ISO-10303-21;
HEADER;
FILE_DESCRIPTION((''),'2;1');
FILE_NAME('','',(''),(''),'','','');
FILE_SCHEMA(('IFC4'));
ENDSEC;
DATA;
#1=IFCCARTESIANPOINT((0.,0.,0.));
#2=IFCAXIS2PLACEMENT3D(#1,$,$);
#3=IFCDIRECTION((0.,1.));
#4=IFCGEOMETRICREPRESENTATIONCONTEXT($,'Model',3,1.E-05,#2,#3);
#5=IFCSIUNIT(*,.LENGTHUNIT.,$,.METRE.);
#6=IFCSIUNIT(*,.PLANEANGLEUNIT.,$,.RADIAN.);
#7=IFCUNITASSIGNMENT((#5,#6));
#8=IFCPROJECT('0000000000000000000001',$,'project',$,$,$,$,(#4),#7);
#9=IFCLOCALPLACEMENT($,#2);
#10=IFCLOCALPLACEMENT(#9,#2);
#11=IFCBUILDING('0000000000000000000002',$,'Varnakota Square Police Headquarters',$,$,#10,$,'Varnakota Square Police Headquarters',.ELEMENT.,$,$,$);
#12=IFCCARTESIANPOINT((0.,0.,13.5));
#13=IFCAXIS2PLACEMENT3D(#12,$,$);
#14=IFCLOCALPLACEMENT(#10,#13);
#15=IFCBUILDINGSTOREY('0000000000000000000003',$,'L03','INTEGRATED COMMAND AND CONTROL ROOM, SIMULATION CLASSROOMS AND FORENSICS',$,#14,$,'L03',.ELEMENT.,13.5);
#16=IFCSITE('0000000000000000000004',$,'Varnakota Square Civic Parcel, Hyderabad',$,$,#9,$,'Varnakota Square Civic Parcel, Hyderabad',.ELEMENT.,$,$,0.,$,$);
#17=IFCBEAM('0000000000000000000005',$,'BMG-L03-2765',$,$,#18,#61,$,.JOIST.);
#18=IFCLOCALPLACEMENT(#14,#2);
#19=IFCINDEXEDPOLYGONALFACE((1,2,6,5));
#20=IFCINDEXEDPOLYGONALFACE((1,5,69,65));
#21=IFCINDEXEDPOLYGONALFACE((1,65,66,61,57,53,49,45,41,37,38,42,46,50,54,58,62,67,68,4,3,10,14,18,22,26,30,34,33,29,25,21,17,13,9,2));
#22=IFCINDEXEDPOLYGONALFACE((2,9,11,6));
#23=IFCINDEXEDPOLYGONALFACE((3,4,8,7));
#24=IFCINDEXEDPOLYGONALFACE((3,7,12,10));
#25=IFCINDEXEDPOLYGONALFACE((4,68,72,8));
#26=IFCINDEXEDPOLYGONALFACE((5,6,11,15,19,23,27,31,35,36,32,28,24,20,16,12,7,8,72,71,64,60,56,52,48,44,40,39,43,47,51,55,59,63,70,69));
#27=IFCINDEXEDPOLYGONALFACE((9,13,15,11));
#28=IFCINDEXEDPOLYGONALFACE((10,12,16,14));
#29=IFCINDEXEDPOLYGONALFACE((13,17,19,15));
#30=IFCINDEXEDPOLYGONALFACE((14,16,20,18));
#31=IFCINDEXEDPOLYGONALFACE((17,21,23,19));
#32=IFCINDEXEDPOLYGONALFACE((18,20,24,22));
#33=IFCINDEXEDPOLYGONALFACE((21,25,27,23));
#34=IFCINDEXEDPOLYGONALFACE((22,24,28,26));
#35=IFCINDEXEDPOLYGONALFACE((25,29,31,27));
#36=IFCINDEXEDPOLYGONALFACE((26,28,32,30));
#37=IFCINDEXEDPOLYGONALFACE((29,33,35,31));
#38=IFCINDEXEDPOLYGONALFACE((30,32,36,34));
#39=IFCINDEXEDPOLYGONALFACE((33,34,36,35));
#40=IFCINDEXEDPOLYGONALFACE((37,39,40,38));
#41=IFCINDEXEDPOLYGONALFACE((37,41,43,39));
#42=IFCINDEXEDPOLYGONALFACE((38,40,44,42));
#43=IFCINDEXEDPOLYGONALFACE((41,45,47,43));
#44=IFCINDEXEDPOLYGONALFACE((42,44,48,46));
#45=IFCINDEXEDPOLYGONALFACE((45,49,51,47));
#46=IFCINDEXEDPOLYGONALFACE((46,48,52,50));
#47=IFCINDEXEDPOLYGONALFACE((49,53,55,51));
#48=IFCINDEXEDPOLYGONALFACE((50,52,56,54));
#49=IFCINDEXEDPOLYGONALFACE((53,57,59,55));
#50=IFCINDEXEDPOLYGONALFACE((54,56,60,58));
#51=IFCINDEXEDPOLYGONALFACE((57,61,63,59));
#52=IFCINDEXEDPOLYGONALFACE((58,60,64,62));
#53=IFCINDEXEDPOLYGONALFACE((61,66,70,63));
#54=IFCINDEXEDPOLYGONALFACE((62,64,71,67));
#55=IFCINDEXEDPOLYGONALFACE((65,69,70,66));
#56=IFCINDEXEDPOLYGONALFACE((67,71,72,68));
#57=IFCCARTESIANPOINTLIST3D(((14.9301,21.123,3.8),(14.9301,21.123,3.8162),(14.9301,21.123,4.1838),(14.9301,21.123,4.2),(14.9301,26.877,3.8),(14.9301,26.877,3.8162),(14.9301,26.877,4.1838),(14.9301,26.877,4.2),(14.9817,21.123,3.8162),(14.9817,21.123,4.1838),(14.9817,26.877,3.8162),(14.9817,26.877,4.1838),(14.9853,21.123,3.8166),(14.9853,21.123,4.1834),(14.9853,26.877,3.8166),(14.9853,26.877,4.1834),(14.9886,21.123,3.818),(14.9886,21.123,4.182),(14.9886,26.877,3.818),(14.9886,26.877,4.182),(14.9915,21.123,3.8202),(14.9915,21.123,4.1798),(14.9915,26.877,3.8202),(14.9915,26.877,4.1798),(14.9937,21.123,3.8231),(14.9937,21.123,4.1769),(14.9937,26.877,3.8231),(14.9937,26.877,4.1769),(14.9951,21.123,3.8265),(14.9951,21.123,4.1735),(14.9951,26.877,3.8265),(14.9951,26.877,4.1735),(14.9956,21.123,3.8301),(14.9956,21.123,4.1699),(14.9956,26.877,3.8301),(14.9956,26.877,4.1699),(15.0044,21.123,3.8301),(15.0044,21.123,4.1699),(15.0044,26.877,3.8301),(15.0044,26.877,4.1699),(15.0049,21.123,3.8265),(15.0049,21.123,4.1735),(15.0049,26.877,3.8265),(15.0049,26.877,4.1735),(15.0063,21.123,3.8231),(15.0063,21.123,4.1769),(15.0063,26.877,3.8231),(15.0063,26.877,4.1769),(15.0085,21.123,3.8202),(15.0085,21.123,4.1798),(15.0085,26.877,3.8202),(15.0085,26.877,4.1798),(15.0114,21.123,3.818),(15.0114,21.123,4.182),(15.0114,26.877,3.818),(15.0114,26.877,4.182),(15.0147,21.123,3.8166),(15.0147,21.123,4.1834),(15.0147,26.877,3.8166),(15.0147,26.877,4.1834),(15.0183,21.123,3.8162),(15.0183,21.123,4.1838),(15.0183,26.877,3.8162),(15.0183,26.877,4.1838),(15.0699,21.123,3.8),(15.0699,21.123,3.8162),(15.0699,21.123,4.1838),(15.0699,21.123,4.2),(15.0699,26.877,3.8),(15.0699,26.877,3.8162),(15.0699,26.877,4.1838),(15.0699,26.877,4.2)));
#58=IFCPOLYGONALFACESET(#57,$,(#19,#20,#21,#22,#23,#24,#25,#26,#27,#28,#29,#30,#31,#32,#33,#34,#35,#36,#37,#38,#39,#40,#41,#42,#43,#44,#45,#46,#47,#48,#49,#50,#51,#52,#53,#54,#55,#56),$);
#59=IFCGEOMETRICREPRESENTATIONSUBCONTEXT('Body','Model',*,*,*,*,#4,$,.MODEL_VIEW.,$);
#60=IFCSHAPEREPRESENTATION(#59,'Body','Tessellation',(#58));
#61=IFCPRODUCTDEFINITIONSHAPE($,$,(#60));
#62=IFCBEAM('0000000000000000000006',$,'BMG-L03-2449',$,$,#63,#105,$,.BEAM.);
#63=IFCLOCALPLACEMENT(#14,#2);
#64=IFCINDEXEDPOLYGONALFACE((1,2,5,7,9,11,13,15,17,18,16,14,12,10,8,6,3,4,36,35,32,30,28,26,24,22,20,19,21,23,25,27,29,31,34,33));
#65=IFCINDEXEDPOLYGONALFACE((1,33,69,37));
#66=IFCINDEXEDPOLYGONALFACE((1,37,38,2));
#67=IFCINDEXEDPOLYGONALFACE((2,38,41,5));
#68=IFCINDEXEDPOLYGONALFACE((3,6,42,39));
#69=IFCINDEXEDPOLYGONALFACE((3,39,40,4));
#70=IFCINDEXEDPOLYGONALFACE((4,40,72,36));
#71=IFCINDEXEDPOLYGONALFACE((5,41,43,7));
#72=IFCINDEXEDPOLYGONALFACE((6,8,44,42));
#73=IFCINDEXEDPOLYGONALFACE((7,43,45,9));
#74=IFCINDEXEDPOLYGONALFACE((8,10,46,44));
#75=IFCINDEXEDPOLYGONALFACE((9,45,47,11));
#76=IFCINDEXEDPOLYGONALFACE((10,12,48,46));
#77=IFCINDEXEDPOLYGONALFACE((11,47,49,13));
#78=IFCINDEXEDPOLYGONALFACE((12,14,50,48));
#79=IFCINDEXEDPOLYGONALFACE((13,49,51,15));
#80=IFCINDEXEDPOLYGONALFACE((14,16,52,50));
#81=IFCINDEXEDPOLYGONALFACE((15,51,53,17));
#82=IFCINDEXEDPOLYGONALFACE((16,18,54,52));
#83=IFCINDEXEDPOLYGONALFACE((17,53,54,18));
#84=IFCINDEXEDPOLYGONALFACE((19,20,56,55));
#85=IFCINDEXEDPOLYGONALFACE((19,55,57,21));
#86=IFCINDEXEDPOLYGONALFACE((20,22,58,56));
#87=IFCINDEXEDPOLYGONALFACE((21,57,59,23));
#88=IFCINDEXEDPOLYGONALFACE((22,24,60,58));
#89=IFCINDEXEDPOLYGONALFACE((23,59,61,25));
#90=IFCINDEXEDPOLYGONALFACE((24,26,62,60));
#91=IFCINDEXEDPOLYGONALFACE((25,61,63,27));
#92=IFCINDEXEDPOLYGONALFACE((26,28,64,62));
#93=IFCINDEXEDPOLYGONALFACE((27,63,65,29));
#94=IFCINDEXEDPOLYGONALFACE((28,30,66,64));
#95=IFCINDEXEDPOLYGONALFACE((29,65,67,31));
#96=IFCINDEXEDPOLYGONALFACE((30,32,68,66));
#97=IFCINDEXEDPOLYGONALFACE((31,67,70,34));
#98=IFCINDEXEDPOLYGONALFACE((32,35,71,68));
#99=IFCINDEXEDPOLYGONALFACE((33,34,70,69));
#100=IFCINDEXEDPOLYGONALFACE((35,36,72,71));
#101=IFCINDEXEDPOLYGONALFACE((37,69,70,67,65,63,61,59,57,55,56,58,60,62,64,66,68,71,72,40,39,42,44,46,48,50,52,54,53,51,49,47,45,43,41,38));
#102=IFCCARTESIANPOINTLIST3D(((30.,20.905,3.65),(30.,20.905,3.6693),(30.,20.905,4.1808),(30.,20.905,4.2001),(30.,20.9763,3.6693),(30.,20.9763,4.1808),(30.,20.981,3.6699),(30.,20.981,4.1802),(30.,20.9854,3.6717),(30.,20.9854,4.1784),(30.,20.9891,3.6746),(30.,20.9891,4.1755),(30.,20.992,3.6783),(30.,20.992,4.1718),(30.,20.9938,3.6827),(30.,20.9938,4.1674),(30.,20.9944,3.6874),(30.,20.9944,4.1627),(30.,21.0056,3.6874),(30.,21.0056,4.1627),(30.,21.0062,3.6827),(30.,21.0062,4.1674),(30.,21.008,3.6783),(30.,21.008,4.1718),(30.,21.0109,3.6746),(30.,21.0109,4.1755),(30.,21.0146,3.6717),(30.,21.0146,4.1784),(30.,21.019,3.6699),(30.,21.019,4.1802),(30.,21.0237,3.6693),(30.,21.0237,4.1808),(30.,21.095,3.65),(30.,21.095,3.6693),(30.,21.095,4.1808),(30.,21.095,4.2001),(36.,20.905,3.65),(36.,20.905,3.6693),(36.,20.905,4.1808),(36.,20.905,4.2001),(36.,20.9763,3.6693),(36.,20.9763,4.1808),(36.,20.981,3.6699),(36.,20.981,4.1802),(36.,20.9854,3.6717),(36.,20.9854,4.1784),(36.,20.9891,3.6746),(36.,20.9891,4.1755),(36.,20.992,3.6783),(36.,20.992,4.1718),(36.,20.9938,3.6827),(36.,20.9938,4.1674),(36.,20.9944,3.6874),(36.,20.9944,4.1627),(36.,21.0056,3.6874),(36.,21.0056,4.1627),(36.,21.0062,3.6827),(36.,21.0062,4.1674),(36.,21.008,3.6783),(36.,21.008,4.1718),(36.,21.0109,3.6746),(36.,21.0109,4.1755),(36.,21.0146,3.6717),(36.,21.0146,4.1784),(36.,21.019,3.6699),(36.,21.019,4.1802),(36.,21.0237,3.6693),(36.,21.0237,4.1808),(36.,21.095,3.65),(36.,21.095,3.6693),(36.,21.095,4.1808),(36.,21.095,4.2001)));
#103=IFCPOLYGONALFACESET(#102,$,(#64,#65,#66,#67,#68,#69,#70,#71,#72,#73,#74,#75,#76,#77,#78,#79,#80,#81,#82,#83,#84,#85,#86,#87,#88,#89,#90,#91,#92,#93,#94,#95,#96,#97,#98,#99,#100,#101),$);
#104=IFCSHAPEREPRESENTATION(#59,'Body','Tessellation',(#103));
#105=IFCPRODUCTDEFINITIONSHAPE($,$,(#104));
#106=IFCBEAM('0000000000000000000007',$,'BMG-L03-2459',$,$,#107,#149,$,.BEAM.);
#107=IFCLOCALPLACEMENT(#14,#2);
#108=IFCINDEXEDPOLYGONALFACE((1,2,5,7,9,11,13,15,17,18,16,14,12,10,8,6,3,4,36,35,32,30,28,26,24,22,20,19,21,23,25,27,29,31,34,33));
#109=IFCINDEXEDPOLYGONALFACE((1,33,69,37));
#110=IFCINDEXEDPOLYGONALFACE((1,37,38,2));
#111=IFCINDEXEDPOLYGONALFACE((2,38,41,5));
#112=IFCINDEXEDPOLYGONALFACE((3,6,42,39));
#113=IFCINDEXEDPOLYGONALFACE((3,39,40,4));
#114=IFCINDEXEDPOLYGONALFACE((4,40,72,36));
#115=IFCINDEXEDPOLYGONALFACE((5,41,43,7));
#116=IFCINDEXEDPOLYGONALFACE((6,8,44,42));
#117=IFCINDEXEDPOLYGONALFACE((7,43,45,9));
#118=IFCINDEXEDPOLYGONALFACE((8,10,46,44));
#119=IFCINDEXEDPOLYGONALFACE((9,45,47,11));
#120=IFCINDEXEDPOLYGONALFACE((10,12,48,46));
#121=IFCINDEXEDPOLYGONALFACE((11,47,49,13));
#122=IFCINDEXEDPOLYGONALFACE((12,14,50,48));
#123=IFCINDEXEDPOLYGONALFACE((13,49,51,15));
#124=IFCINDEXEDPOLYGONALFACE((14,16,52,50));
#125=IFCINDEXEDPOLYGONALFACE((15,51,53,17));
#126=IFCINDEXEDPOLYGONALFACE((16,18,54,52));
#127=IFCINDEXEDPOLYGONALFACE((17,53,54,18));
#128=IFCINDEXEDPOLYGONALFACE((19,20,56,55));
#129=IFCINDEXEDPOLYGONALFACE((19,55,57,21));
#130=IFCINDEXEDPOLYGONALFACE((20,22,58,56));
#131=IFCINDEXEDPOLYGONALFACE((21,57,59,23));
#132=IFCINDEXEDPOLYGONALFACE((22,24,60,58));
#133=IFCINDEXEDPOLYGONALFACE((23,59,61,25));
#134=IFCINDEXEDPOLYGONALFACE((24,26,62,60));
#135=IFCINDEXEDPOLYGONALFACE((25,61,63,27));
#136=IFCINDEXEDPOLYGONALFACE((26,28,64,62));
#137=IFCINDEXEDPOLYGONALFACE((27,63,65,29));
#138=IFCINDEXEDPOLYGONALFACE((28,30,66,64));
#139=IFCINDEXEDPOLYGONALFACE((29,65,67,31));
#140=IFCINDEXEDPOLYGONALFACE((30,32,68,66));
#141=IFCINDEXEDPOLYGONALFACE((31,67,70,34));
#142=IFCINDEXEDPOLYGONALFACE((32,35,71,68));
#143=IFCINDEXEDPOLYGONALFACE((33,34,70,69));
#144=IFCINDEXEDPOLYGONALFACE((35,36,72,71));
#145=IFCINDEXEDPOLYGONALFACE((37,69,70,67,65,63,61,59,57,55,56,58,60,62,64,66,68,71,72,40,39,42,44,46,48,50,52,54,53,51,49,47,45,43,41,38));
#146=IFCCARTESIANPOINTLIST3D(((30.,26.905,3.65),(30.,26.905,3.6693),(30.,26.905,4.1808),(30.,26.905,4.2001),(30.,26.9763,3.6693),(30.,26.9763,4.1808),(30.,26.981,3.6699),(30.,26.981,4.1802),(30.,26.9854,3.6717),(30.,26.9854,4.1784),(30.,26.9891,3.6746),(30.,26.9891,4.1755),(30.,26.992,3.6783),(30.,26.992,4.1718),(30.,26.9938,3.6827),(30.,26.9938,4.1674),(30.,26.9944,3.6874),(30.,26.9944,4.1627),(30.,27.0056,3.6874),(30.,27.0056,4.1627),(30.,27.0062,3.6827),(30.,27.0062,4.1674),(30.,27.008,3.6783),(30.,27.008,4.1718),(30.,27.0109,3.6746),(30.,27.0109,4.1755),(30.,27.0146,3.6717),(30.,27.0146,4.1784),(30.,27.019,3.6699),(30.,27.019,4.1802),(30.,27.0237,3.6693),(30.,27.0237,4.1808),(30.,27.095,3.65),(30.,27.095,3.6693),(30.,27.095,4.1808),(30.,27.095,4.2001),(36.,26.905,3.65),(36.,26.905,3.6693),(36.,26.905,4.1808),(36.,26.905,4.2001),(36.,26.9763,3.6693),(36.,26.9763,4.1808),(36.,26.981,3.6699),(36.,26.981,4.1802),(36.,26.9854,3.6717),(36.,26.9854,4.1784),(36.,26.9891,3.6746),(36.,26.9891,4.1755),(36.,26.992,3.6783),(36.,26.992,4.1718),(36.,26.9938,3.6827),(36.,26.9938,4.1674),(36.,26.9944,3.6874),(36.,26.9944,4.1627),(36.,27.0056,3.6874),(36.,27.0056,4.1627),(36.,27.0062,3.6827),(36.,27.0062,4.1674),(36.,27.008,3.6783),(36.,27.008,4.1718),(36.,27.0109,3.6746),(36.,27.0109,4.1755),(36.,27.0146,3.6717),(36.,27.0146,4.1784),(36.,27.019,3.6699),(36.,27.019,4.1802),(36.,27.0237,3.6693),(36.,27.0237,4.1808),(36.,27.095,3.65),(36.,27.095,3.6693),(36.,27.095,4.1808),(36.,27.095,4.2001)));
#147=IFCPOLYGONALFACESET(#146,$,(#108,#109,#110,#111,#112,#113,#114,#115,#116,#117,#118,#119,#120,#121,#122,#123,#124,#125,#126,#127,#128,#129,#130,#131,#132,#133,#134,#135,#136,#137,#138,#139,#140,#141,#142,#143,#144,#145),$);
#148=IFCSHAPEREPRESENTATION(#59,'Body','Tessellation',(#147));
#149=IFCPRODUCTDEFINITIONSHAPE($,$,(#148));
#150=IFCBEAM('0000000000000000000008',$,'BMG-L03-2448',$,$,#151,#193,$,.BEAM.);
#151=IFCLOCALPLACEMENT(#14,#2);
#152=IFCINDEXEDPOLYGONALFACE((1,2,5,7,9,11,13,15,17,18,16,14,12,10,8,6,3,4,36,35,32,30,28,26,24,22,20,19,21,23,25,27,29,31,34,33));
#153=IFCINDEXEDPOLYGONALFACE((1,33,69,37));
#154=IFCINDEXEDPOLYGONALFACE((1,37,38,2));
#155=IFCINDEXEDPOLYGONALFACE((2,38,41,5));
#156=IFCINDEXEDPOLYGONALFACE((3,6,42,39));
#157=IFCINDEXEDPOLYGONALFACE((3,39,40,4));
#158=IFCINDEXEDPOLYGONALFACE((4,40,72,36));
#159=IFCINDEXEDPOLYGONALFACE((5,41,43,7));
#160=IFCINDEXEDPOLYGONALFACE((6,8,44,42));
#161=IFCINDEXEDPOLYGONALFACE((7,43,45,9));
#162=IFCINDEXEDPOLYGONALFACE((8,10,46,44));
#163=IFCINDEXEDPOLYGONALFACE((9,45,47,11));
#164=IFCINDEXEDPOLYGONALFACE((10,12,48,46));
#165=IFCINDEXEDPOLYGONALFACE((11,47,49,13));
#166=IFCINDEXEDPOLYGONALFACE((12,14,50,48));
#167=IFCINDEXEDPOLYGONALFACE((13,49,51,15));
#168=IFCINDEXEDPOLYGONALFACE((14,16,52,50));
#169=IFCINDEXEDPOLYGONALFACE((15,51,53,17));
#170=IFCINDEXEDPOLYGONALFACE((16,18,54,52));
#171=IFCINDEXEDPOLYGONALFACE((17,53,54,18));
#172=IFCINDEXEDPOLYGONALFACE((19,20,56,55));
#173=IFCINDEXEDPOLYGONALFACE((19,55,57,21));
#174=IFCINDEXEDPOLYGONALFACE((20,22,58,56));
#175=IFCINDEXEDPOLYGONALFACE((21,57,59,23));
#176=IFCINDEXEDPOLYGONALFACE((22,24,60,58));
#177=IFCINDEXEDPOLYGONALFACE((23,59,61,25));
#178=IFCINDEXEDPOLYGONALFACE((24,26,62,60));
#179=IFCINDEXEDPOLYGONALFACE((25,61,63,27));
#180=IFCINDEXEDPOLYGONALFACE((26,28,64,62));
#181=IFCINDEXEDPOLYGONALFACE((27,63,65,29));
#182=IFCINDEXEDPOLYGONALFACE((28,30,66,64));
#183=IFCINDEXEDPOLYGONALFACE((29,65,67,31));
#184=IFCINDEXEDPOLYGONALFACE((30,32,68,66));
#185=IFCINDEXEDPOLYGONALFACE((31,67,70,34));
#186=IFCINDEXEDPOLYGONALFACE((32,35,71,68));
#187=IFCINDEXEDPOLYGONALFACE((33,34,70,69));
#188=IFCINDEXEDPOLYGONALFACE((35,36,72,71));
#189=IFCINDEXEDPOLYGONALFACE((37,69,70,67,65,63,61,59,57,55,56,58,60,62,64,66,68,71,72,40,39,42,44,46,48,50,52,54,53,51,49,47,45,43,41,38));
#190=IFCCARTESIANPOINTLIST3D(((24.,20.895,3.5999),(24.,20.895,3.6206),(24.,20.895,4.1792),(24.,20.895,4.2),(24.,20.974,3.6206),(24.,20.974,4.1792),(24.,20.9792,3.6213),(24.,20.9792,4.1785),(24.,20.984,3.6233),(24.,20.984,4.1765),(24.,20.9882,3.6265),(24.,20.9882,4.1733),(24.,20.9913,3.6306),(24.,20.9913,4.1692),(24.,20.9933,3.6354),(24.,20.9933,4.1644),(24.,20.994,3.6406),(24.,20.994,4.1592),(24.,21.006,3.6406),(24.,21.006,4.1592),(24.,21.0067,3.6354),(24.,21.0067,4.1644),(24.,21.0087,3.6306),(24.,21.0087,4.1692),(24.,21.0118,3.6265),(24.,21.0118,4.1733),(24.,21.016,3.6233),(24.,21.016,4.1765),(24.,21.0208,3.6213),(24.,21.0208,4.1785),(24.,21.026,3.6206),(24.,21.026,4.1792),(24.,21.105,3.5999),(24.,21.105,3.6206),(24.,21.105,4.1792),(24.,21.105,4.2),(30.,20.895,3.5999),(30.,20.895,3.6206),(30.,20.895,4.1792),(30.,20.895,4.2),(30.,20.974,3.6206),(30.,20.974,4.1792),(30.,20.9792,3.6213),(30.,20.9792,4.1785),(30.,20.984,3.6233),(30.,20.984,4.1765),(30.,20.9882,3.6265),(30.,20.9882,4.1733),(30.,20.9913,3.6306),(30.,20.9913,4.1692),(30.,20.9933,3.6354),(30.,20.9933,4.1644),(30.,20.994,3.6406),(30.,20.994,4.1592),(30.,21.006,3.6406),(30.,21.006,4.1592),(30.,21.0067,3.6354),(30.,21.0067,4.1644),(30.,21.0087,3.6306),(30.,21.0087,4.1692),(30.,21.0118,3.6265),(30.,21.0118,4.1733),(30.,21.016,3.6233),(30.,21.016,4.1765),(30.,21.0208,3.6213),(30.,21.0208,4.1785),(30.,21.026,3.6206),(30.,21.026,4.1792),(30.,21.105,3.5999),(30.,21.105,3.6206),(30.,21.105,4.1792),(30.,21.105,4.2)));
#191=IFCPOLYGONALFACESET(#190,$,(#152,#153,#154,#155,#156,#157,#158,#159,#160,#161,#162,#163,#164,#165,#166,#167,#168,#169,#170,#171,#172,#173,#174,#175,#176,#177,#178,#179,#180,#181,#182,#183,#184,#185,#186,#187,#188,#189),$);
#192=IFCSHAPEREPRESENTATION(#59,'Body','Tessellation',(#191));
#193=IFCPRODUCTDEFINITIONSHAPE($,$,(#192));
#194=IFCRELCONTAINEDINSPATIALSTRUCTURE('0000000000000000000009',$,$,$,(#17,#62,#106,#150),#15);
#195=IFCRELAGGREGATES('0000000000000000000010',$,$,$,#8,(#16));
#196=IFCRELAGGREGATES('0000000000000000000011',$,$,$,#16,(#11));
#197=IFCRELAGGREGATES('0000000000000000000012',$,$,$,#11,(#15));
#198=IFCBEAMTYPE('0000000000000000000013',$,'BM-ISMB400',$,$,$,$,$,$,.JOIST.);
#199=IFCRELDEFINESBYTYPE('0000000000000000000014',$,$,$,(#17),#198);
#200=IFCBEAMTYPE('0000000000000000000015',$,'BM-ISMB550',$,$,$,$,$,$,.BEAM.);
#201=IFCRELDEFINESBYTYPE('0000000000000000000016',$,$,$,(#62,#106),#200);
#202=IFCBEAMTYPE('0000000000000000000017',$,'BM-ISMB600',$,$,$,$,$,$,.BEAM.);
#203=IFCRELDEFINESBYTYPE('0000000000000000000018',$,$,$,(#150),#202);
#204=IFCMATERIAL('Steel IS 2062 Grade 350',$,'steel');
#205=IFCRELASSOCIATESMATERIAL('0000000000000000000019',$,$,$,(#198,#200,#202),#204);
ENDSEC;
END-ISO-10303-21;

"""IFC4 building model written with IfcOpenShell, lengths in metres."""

from ifc_helpers import new_model, si_unit, direction, frame, origin, origin_2d, place, context, subcontext, project, spatial, i_section, extrude, material, material_profile, profile_set, type_object, element, save


model = new_model("IFC4")

# Units and contexts
model_context = context("Model", 3, precision=1e-05, world=origin(), true_north=direction((0.0, 1.0)))
body_context = subcontext(model_context, "Body", "Model", "MODEL_VIEW")
ifc_project = project(units=[si_unit("LENGTHUNIT", "METRE"), si_unit("PLANEANGLEUNIT", "RADIAN")], contexts=[model_context])

# Site, building, storey
site_placement = place(None, origin())
site = spatial("IfcSite", under=ifc_project, at=site_placement, Name="Varnakota Square Civic Parcel, Hyderabad", LongName="Varnakota Square Civic Parcel, Hyderabad", CompositionType="ELEMENT", RefElevation=0.0)
building_placement = place(site_placement, origin())
building = spatial("IfcBuilding", under=site, at=building_placement, Name="Varnakota Square Police Headquarters", LongName="Varnakota Square Police Headquarters", CompositionType="ELEMENT")
storey_placement = place(building_placement, frame((0.0, 0.0, 13.5)))
storey = spatial("IfcBuildingStorey", under=building, at=storey_placement, Name="L03", Description="INTEGRATED COMMAND AND CONTROL ROOM, SIMULATION CLASSROOMS AND FORENSICS", LongName="L03", CompositionType="ELEMENT", Elevation=13.5)

# Shared definitions
ifc_material_1 = material(Name="Steel IS 2062 Grade 350", Category="steel")

# Beams
ifc_material_profile_1 = material_profile(ifc_material_1, i_section(OverallWidth=0.1399, OverallDepth=0.3999, WebThickness=0.0088, FlangeThickness=0.0161, FilletRadius=0.0139, at=origin_2d()), Name="ISMB 400")
ifc_profile_set_1 = profile_set([ifc_material_profile_1], Name="Steel IS 2062 Grade 350")
beam_type_1 = type_object("IfcBeamType", Name="BM-ISMB400", PredefinedType="JOIST", material=ifc_profile_set_1)
beam_1_placement = place(storey_placement, frame((15.0, 21.123, 4.0), z_axis=(0.0, 1.0, 0.0), x_axis=(-1.0, 0.0, 0.0)))
element("IfcBeam", 1, at=beam_1_placement, inside=storey, type_object=beam_type_1, Name="BMG-L03-2765", PredefinedType="JOIST", context=body_context, shape_type="SweptSolid", body=[
    extrude(i_section(OverallWidth=0.1399, OverallDepth=0.3999, WebThickness=0.0088, FlangeThickness=0.0161, FilletRadius=0.0139, at=origin_2d()), origin(), (0.0, 0.0, 1.0), 5.7539),
])
ifc_material_profile_2 = material_profile(ifc_material_1, i_section(OverallWidth=0.1899, OverallDepth=0.55, WebThickness=0.0112, FlangeThickness=0.0193, FilletRadius=0.0181, at=origin_2d()), Name="ISMB 550")
ifc_profile_set_2 = profile_set([ifc_material_profile_2], Name="Steel IS 2062 Grade 350")
beam_type_2 = type_object("IfcBeamType", Name="BM-ISMB550", PredefinedType="BEAM", material=ifc_profile_set_2)
for number, where, z_axis, x_axis, name in (
    (2, (30.0, 21.0, 3.925), (1.0, 0.0, 0.0), (0.0, 1.0, 0.0), "BMG-L03-2449"),
    (3, (30.0, 27.0, 3.925), (1.0, 0.0, 0.0), (0.0, 1.0, 0.0), "BMG-L03-2459"),
):
    element("IfcBeam", number, at=place(storey_placement, frame(where, z_axis=z_axis, x_axis=x_axis)), inside=storey, type_object=beam_type_2, Name=name, PredefinedType="BEAM", context=body_context, shape_type="SweptSolid", body=[
        extrude(i_section(OverallWidth=0.1899, OverallDepth=0.55, WebThickness=0.0112, FlangeThickness=0.0193, FilletRadius=0.0181, at=origin_2d()), origin(), (0.0, 0.0, 1.0), 6.0),
    ])
ifc_material_profile_3 = material_profile(ifc_material_1, i_section(OverallWidth=0.21, OverallDepth=0.6001, WebThickness=0.012, FlangeThickness=0.0208, FilletRadius=0.02, at=origin_2d()), Name="ISMB 600")
ifc_profile_set_3 = profile_set([ifc_material_profile_3], Name="Steel IS 2062 Grade 350")
beam_type_3 = type_object("IfcBeamType", Name="BM-ISMB600", PredefinedType="BEAM", material=ifc_profile_set_3)
for number, where, z_axis, x_axis, name in (
    (4, (24.0, 21.0, 3.8999), (1.0, 0.0, 0.0), (0.0, 1.0, 0.0), "BMG-L03-2448"),
):
    element("IfcBeam", number, at=place(storey_placement, frame(where, z_axis=z_axis, x_axis=x_axis)), inside=storey, type_object=beam_type_3, Name=name, PredefinedType="BEAM", context=body_context, shape_type="SweptSolid", body=[
        extrude(i_section(OverallWidth=0.21, OverallDepth=0.6001, WebThickness=0.012, FlangeThickness=0.0208, FilletRadius=0.02, at=origin_2d()), origin(), (0.0, 0.0, 1.0), 6.0),
    ])

save(model, "model.ifc")
